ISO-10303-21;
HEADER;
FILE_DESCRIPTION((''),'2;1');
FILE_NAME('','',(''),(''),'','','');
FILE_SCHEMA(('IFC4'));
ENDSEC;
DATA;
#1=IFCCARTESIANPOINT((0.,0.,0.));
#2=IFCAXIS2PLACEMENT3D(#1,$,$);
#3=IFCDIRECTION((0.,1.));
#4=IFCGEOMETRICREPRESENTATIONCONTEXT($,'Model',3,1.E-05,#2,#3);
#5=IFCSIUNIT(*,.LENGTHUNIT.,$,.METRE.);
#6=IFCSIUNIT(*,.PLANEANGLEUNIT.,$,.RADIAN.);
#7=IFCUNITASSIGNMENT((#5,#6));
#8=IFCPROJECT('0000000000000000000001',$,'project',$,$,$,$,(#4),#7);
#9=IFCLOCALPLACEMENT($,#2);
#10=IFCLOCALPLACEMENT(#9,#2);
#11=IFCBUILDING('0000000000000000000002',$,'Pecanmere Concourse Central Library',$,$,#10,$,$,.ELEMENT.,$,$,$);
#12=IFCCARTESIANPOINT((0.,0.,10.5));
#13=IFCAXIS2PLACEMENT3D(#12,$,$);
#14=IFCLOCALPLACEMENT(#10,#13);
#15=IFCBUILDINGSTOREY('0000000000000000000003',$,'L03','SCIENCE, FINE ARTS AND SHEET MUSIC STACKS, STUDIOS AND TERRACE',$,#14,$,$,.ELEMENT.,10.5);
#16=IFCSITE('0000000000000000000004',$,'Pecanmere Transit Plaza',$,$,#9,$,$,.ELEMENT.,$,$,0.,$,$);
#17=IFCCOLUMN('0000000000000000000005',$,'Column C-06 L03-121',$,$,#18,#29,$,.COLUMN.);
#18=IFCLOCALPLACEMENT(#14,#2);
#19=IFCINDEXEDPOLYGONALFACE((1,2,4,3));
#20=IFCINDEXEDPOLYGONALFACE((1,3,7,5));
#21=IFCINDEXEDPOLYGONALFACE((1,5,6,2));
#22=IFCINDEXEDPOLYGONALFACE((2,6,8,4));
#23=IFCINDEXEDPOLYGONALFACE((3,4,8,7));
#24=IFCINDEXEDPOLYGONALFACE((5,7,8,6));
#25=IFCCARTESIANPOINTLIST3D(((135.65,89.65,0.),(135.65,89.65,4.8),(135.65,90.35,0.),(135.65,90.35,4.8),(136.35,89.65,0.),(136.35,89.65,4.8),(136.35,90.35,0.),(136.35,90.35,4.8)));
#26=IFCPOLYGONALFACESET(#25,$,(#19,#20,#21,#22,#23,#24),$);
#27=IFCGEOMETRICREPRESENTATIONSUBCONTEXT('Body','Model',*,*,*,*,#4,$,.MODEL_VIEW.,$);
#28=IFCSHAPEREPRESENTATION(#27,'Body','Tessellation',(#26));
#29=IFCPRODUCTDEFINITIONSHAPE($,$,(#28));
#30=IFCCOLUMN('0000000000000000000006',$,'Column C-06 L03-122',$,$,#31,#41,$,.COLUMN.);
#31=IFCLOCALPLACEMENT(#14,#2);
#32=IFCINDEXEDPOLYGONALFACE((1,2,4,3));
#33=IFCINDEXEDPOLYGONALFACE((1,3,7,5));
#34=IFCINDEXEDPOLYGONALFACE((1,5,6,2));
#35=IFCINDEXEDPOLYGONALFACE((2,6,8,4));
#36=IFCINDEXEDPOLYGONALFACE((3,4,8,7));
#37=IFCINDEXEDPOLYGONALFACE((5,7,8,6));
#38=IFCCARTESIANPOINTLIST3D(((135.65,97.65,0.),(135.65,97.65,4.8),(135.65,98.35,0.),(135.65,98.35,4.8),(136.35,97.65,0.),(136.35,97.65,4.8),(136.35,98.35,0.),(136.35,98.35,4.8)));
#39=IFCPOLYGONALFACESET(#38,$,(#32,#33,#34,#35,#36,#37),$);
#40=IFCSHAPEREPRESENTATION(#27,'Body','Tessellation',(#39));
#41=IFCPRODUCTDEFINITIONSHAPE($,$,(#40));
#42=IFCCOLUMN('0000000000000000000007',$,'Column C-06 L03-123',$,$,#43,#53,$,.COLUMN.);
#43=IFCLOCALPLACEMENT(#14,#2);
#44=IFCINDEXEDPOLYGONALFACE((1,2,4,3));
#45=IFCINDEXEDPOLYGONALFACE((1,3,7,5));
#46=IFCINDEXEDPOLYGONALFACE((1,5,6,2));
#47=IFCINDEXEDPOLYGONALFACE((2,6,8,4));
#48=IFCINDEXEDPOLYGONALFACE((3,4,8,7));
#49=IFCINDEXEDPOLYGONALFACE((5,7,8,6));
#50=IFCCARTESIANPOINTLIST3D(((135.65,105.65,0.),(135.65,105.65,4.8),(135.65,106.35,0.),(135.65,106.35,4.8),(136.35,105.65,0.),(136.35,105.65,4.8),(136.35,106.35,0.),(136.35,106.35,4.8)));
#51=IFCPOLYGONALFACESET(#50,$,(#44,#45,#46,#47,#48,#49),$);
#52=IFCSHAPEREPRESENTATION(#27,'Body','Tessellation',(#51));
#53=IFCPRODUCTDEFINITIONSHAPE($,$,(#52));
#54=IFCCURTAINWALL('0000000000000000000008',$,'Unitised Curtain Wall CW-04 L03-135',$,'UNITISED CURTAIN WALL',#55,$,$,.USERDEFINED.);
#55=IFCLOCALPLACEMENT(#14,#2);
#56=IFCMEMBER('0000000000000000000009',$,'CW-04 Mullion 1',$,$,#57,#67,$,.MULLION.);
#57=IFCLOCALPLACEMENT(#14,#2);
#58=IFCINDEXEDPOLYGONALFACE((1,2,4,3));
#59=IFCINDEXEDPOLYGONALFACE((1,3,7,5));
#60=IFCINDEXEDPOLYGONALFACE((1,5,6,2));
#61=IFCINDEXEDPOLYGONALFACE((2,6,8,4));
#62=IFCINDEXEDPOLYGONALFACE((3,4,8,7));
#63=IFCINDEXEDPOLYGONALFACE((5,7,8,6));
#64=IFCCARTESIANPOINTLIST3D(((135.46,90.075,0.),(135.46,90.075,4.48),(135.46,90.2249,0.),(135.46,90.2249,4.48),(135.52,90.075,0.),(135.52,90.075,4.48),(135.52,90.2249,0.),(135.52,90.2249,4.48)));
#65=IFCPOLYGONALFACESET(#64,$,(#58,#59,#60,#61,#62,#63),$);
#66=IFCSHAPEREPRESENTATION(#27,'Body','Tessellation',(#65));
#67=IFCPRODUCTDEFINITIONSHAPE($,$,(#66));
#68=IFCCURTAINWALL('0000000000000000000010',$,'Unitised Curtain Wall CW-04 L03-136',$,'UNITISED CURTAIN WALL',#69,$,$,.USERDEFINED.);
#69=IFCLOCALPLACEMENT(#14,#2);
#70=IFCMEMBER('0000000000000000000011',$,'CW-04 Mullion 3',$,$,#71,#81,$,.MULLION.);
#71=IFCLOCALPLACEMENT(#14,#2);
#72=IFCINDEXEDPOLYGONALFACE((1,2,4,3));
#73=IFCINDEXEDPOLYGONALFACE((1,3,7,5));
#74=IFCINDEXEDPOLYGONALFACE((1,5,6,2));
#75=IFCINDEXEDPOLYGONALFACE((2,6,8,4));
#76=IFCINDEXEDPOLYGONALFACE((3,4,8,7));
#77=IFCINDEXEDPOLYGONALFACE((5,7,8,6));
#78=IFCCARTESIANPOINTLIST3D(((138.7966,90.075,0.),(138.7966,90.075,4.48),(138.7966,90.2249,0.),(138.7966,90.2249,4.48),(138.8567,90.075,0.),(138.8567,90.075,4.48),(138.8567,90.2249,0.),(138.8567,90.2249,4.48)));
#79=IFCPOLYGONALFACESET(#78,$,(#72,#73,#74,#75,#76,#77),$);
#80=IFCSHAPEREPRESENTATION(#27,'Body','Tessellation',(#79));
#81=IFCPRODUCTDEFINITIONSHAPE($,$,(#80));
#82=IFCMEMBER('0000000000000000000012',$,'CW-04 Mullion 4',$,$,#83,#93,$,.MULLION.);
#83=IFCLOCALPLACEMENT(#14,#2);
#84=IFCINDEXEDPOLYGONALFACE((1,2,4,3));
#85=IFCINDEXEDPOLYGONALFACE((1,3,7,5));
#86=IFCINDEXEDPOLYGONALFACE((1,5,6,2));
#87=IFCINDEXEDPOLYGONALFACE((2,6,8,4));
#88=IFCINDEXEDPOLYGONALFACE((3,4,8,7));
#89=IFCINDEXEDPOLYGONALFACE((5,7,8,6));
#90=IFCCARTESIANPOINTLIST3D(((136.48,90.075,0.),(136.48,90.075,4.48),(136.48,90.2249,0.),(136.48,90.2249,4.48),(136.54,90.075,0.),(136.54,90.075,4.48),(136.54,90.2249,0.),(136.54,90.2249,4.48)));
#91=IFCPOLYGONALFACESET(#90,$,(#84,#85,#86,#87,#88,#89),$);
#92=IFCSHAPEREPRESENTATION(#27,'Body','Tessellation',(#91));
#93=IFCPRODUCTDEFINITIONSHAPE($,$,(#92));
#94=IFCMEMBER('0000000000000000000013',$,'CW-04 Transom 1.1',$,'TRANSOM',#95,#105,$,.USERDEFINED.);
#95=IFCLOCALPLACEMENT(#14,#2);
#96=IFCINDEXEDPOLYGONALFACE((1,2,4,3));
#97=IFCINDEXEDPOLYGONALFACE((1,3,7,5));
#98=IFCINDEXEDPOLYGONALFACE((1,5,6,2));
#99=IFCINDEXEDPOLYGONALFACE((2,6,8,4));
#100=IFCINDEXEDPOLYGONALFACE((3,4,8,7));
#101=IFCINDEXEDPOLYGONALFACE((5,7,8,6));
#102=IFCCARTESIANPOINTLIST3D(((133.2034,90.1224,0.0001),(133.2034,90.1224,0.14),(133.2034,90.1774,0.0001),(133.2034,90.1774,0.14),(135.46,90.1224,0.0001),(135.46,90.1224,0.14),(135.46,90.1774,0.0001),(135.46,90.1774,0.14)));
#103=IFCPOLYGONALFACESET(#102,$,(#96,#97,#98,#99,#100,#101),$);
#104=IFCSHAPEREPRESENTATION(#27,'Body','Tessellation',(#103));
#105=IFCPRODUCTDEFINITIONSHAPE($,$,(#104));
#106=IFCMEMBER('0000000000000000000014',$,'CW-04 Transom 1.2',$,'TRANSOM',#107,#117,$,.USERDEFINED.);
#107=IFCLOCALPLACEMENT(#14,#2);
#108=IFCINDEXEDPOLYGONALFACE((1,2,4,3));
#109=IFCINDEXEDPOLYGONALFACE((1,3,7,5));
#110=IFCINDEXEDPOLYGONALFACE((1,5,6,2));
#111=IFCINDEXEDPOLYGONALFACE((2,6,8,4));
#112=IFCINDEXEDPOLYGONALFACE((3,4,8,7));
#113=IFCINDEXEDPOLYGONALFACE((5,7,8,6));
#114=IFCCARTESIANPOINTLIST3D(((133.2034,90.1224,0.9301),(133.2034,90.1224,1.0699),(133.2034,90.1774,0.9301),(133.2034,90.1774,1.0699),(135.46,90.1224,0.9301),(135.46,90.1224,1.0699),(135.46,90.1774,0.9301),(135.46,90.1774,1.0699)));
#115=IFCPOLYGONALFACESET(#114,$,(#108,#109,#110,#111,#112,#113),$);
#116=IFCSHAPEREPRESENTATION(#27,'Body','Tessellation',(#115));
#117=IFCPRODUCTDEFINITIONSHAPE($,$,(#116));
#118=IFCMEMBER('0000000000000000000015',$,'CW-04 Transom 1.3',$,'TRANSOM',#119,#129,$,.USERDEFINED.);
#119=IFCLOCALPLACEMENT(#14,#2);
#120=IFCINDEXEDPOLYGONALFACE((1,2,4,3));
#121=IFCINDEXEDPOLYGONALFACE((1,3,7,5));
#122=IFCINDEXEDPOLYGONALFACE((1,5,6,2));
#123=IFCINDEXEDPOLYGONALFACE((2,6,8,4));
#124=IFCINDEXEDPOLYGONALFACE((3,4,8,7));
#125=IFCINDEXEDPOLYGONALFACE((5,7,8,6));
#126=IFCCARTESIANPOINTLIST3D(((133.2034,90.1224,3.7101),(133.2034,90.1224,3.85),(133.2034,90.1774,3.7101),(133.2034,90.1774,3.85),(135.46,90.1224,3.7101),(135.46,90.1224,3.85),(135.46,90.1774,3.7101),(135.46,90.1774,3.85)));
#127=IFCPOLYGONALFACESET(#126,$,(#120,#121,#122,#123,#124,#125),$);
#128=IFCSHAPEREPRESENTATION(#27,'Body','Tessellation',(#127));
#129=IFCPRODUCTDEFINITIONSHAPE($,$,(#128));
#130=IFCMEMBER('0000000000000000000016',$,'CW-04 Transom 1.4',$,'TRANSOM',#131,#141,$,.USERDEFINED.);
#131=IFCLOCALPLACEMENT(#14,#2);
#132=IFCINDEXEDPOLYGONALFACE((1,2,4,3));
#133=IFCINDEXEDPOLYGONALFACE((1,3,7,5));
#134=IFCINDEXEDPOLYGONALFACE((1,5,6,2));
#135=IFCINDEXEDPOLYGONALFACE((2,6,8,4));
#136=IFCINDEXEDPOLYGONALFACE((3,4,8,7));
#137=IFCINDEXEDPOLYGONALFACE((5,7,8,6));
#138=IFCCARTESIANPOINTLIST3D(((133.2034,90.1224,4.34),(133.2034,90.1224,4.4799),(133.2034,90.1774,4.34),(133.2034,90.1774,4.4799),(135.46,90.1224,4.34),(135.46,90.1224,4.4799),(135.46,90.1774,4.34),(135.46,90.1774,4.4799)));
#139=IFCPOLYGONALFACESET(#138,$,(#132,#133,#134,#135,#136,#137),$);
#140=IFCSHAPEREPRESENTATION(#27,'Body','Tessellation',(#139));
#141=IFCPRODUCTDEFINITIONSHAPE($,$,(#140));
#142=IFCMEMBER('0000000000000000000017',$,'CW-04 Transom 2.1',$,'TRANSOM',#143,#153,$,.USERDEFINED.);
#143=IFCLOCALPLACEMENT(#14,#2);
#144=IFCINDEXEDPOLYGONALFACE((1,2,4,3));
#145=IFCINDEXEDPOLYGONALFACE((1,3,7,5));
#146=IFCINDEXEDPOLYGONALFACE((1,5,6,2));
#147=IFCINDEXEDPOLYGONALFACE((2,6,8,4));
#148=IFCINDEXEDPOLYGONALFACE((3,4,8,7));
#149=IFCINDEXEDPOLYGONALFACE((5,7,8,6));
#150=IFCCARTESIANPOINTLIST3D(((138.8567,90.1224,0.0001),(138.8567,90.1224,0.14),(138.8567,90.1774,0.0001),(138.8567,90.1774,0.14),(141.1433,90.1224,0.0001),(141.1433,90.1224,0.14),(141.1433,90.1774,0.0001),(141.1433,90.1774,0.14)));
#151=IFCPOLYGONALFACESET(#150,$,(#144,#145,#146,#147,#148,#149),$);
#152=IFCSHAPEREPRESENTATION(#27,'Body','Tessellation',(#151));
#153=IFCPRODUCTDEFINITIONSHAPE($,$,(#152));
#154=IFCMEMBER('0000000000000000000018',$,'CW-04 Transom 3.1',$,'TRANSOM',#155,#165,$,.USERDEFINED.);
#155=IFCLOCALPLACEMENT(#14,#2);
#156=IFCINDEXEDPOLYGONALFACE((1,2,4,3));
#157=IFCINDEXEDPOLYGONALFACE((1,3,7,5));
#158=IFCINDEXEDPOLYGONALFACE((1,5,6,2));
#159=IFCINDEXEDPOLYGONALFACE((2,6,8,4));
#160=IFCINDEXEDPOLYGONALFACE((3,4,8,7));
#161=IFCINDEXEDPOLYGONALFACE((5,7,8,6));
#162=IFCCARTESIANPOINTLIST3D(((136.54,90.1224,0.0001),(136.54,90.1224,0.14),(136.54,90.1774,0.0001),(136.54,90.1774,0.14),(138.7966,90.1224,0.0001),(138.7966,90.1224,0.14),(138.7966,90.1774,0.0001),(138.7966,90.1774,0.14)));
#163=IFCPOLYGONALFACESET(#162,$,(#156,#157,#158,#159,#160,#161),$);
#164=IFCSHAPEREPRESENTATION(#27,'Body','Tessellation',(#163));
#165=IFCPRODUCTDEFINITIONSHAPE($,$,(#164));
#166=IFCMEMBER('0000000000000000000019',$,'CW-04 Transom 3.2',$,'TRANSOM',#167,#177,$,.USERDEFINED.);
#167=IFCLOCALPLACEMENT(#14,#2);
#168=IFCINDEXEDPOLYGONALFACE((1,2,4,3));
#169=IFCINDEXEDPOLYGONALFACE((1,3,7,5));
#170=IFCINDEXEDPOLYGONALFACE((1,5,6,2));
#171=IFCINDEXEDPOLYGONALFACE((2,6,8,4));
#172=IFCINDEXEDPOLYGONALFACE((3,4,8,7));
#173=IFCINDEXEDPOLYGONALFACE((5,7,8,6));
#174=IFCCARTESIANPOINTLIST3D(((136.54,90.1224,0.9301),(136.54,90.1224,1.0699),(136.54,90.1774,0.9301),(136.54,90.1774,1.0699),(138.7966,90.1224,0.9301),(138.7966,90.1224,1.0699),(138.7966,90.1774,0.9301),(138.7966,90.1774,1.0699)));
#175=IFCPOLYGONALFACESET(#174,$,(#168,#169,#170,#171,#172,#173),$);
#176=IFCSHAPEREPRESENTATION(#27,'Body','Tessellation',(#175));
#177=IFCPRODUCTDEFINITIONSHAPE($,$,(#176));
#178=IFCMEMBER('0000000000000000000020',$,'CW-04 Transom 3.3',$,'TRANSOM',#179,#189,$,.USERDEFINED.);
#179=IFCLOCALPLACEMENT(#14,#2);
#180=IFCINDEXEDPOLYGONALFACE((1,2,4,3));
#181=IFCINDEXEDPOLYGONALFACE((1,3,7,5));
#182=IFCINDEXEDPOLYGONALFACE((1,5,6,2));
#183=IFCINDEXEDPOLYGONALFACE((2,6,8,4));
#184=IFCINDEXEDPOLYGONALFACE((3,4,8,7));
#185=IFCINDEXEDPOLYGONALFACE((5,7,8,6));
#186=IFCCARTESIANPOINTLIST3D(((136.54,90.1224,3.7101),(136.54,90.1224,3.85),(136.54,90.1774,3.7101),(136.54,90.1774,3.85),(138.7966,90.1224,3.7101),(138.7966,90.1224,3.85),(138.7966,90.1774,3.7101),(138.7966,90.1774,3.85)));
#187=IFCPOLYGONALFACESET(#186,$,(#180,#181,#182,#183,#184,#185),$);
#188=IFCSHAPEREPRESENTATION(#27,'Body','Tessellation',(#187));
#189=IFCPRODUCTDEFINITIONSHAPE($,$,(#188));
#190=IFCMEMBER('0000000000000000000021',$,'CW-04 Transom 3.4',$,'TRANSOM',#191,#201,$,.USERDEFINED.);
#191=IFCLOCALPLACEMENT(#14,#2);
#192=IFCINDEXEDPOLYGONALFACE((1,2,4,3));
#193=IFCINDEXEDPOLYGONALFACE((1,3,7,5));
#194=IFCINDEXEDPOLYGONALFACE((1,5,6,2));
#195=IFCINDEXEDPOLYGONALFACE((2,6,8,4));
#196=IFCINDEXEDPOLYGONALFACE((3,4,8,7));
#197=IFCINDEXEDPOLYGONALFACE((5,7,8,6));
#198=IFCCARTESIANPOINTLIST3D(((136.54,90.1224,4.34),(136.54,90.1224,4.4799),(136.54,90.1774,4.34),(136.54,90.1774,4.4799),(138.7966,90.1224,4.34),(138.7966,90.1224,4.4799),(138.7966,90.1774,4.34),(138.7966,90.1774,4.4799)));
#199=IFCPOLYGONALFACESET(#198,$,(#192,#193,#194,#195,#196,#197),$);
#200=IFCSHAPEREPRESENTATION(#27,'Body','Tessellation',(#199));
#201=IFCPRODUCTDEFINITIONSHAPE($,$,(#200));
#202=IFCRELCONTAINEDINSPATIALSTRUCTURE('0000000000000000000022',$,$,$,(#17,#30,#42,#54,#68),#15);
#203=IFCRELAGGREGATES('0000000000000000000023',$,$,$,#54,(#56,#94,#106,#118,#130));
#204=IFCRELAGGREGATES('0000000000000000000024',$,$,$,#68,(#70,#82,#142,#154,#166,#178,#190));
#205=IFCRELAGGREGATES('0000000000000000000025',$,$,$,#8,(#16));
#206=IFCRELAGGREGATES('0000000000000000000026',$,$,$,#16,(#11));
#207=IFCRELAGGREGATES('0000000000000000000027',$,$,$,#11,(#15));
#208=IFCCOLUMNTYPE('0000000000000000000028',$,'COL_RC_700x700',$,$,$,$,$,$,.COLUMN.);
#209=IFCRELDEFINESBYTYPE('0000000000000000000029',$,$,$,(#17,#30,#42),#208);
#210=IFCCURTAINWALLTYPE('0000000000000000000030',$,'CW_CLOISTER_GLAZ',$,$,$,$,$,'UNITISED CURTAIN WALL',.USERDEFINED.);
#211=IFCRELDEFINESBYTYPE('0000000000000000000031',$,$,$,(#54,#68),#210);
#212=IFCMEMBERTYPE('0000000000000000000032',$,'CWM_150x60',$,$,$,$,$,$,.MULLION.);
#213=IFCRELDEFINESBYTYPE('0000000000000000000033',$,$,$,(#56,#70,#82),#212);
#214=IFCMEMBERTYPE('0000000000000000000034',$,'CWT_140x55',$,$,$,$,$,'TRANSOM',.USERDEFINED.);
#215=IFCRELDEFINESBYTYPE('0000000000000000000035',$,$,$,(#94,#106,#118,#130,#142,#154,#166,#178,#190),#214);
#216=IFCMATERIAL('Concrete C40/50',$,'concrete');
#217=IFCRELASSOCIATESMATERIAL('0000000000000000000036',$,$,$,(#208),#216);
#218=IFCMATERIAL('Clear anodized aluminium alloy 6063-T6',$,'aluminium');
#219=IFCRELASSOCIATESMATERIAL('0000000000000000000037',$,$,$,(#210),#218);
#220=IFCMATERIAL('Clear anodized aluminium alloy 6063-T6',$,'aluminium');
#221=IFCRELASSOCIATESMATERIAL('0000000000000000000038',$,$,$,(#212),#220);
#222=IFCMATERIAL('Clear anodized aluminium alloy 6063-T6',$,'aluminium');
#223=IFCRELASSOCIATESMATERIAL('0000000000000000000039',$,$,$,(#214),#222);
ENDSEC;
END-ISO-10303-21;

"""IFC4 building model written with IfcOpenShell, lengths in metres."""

from ifc_helpers import new_model, si_unit, direction, frame, origin, origin_2d, place, context, subcontext, project, spatial, rectangle, extrude, material, material_profile, profile_set, type_object, element, aggregate, save


model = new_model("IFC4")

# Units and contexts
model_context = context("Model", 3, precision=1e-05, world=origin(), true_north=direction((0.0, 1.0)))
body_context = subcontext(model_context, "Body", "Model", "MODEL_VIEW")
ifc_project = project(units=[si_unit("LENGTHUNIT", "METRE"), si_unit("PLANEANGLEUNIT", "RADIAN")], contexts=[model_context])

# Site, building, storey
site_placement = place(None, origin())
site = spatial("IfcSite", under=ifc_project, at=site_placement, Name="Pecanmere Transit Plaza", CompositionType="ELEMENT", RefElevation=0.0)
building_placement = place(site_placement, origin())
building = spatial("IfcBuilding", under=site, at=building_placement, Name="Pecanmere Concourse Central Library", CompositionType="ELEMENT")
storey_placement = place(building_placement, frame((0.0, 0.0, 10.5)))
storey = spatial("IfcBuildingStorey", under=building, at=storey_placement, Name="L03", Description="SCIENCE, FINE ARTS AND SHEET MUSIC STACKS, STUDIOS AND TERRACE", CompositionType="ELEMENT", Elevation=10.5)

# Columns
ifc_material_1 = material(Name="Concrete C40/50", Category="concrete")
ifc_material_profile_1 = material_profile(ifc_material_1, rectangle(XDim=0.7, YDim=0.7, at=origin_2d()), Name="RC 700x700")
ifc_profile_set_1 = profile_set([ifc_material_profile_1], Name="Concrete C40/50")
column_type = type_object("IfcColumnType", Name="COL_RC_700x700", PredefinedType="COLUMN", material=ifc_profile_set_1)
for number, where, z_axis, x_axis, name in (
    (1, (136.0, 90.0, 0.0), (0.0, 0.0, 1.0), (1.0, 0.0, 0.0), "Column C-06 L03-121"),
    (2, (136.0, 98.0, 0.0), (0.0, 0.0, 1.0), (1.0, 0.0, 0.0), "Column C-06 L03-122"),
    (3, (136.0, 106.0, 0.0), (0.0, 0.0, 1.0), (1.0, 0.0, 0.0), "Column C-06 L03-123"),
):
    element("IfcColumn", number, at=place(storey_placement, frame(where, z_axis=z_axis, x_axis=x_axis)), inside=storey, type_object=column_type, Name=name, PredefinedType="COLUMN", context=body_context, shape_type="SweptSolid", body=[
        extrude(rectangle(XDim=0.7, YDim=0.7, at=origin_2d()), origin(), (0.0, 0.0, 1.0), 4.8),
    ])

# Curtain wall, member
ifc_material_2 = material(Name="Clear anodized aluminium alloy 6063-T6", Category="aluminium")
curtain_wall_type = type_object("IfcCurtainWallType", Name="CW_CLOISTER_GLAZ", ElementType="UNITISED CURTAIN WALL", PredefinedType="USERDEFINED", material=ifc_material_2)
curtain_wall_1_placement = place(storey_placement, origin())
curtain_wall_1 = element("IfcCurtainWall", 4, at=curtain_wall_1_placement, inside=storey, type_object=curtain_wall_type, Name="Unitised Curtain Wall CW-04 L03-135", ObjectType="UNITISED CURTAIN WALL", PredefinedType="USERDEFINED")
ifc_material_3 = material(Name="Clear anodized aluminium alloy 6063-T6", Category="aluminium")
ifc_material_profile_2 = material_profile(ifc_material_3, rectangle(XDim=0.0601, YDim=0.1499, at=origin_2d()), Name="AL 60x150")
ifc_profile_set_2 = profile_set([ifc_material_profile_2], Name="Clear anodized aluminium alloy 6063-T6")
member_type_1 = type_object("IfcMemberType", Name="CWM_150x60", PredefinedType="MULLION", material=ifc_profile_set_2)
member_1_placement = place(storey_placement, frame((135.49, 90.1499, 0.0), z_axis=(0.0, 0.0, 1.0), x_axis=(-1.0, 0.0, 0.0)))
member_1 = element("IfcMember", 5, at=member_1_placement, type_object=member_type_1, Name="CW-04 Mullion 1", PredefinedType="MULLION", context=body_context, shape_type="SweptSolid", body=[
    extrude(rectangle(XDim=0.0601, YDim=0.1499, at=origin_2d()), origin(), (0.0, 0.0, 1.0), 4.48),
])

# Curtain wall, members
curtain_wall_2_placement = place(storey_placement, origin())
curtain_wall_2 = element("IfcCurtainWall", 6, at=curtain_wall_2_placement, inside=storey, type_object=curtain_wall_type, Name="Unitised Curtain Wall CW-04 L03-136", ObjectType="UNITISED CURTAIN WALL", PredefinedType="USERDEFINED")
member_2_placement = place(storey_placement, frame((138.8267, 90.1499, 0.0), z_axis=(0.0, 0.0, 1.0), x_axis=(-1.0, 0.0, 0.0)))
member_2 = element("IfcMember", 7, at=member_2_placement, type_object=member_type_1, Name="CW-04 Mullion 3", PredefinedType="MULLION", context=body_context, shape_type="SweptSolid", body=[
    extrude(rectangle(XDim=0.0601, YDim=0.1499, at=origin_2d()), origin(), (0.0, 0.0, 1.0), 4.48),
])
member_3_placement = place(storey_placement, frame((136.51, 90.1499, 0.0), z_axis=(0.0, 0.0, 1.0), x_axis=(-1.0, 0.0, 0.0)))
member_3 = element("IfcMember", 8, at=member_3_placement, type_object=member_type_1, Name="CW-04 Mullion 4", PredefinedType="MULLION", context=body_context, shape_type="SweptSolid", body=[
    extrude(rectangle(XDim=0.0601, YDim=0.1499, at=origin_2d()), origin(), (0.0, 0.0, 1.0), 4.48),
])

# Members
ifc_material_4 = material(Name="Clear anodized aluminium alloy 6063-T6", Category="aluminium")
ifc_material_profile_3 = material_profile(ifc_material_4, rectangle(XDim=0.0549, YDim=0.1399, at=origin_2d()), Name="AL 55x140")
ifc_profile_set_3 = profile_set([ifc_material_profile_3], Name="Clear anodized aluminium alloy 6063-T6")
member_type_2 = type_object("IfcMemberType", Name="CWT_140x55", ElementType="TRANSOM", PredefinedType="USERDEFINED", material=ifc_profile_set_3)
member_4_placement = place(storey_placement, frame((135.46, 90.1499, 0.0701), z_axis=(-1.0, 0.0, 0.0), x_axis=(0.0, -1.0, 0.0)))
member_4 = element("IfcMember", 9, at=member_4_placement, type_object=member_type_2, Name="CW-04 Transom 1.1", ObjectType="TRANSOM", PredefinedType="USERDEFINED", context=body_context, shape_type="SweptSolid", body=[
    extrude(rectangle(XDim=0.0549, YDim=0.1399, at=origin_2d()), origin(), (0.0, 0.0, 1.0), 2.2566),
])
member_5_placement = place(storey_placement, frame((135.46, 90.1499, 1.0), z_axis=(-1.0, 0.0, 0.0), x_axis=(0.0, -1.0, 0.0)))
member_5 = element("IfcMember", 10, at=member_5_placement, type_object=member_type_2, Name="CW-04 Transom 1.2", ObjectType="TRANSOM", PredefinedType="USERDEFINED", context=body_context, shape_type="SweptSolid", body=[
    extrude(rectangle(XDim=0.0549, YDim=0.1399, at=origin_2d()), origin(), (0.0, 0.0, 1.0), 2.2566),
])
member_6_placement = place(storey_placement, frame((135.46, 90.1499, 3.78), z_axis=(-1.0, 0.0, 0.0), x_axis=(0.0, -1.0, 0.0)))
member_6 = element("IfcMember", 11, at=member_6_placement, type_object=member_type_2, Name="CW-04 Transom 1.3", ObjectType="TRANSOM", PredefinedType="USERDEFINED", context=body_context, shape_type="SweptSolid", body=[
    extrude(rectangle(XDim=0.0549, YDim=0.1399, at=origin_2d()), origin(), (0.0, 0.0, 1.0), 2.2566),
])
member_7_placement = place(storey_placement, frame((135.46, 90.1499, 4.4099), z_axis=(-1.0, 0.0, 0.0), x_axis=(0.0, -1.0, 0.0)))
member_7 = element("IfcMember", 12, at=member_7_placement, type_object=member_type_2, Name="CW-04 Transom 1.4", ObjectType="TRANSOM", PredefinedType="USERDEFINED", context=body_context, shape_type="SweptSolid", body=[
    extrude(rectangle(XDim=0.0549, YDim=0.1399, at=origin_2d()), origin(), (0.0, 0.0, 1.0), 2.2566),
])
aggregate(curtain_wall_1, [member_1, member_4, member_5, member_6, member_7])
member_8_placement = place(storey_placement, frame((141.1433, 90.1499, 0.0701), z_axis=(-1.0, 0.0, 0.0), x_axis=(0.0, -1.0, 0.0)))
member_8 = element("IfcMember", 13, at=member_8_placement, type_object=member_type_2, Name="CW-04 Transom 2.1", ObjectType="TRANSOM", PredefinedType="USERDEFINED", context=body_context, shape_type="SweptSolid", body=[
    extrude(rectangle(XDim=0.0549, YDim=0.1399, at=origin_2d()), origin(), (0.0, 0.0, 1.0), 2.2866),
])
member_9_placement = place(storey_placement, frame((138.7966, 90.1499, 0.0701), z_axis=(-1.0, 0.0, 0.0), x_axis=(0.0, -1.0, 0.0)))
member_9 = element("IfcMember", 14, at=member_9_placement, type_object=member_type_2, Name="CW-04 Transom 3.1", ObjectType="TRANSOM", PredefinedType="USERDEFINED", context=body_context, shape_type="SweptSolid", body=[
    extrude(rectangle(XDim=0.0549, YDim=0.1399, at=origin_2d()), origin(), (0.0, 0.0, 1.0), 2.2566),
])
member_10_placement = place(storey_placement, frame((138.7966, 90.1499, 1.0), z_axis=(-1.0, 0.0, 0.0), x_axis=(0.0, -1.0, 0.0)))
member_10 = element("IfcMember", 15, at=member_10_placement, type_object=member_type_2, Name="CW-04 Transom 3.2", ObjectType="TRANSOM", PredefinedType="USERDEFINED", context=body_context, shape_type="SweptSolid", body=[
    extrude(rectangle(XDim=0.0549, YDim=0.1399, at=origin_2d()), origin(), (0.0, 0.0, 1.0), 2.2566),
])
member_11_placement = place(storey_placement, frame((138.7966, 90.1499, 3.78), z_axis=(-1.0, 0.0, 0.0), x_axis=(0.0, -1.0, 0.0)))
member_11 = element("IfcMember", 16, at=member_11_placement, type_object=member_type_2, Name="CW-04 Transom 3.3", ObjectType="TRANSOM", PredefinedType="USERDEFINED", context=body_context, shape_type="SweptSolid", body=[
    extrude(rectangle(XDim=0.0549, YDim=0.1399, at=origin_2d()), origin(), (0.0, 0.0, 1.0), 2.2566),
])
member_12_placement = place(storey_placement, frame((138.7966, 90.1499, 4.4099), z_axis=(-1.0, 0.0, 0.0), x_axis=(0.0, -1.0, 0.0)))
member_12 = element("IfcMember", 17, at=member_12_placement, type_object=member_type_2, Name="CW-04 Transom 3.4", ObjectType="TRANSOM", PredefinedType="USERDEFINED", context=body_context, shape_type="SweptSolid", body=[
    extrude(rectangle(XDim=0.0549, YDim=0.1399, at=origin_2d()), origin(), (0.0, 0.0, 1.0), 2.2566),
])

aggregate(curtain_wall_2, [member_2, member_3, member_8, member_9, member_10, member_11, member_12])

save(model, "model.ifc")
